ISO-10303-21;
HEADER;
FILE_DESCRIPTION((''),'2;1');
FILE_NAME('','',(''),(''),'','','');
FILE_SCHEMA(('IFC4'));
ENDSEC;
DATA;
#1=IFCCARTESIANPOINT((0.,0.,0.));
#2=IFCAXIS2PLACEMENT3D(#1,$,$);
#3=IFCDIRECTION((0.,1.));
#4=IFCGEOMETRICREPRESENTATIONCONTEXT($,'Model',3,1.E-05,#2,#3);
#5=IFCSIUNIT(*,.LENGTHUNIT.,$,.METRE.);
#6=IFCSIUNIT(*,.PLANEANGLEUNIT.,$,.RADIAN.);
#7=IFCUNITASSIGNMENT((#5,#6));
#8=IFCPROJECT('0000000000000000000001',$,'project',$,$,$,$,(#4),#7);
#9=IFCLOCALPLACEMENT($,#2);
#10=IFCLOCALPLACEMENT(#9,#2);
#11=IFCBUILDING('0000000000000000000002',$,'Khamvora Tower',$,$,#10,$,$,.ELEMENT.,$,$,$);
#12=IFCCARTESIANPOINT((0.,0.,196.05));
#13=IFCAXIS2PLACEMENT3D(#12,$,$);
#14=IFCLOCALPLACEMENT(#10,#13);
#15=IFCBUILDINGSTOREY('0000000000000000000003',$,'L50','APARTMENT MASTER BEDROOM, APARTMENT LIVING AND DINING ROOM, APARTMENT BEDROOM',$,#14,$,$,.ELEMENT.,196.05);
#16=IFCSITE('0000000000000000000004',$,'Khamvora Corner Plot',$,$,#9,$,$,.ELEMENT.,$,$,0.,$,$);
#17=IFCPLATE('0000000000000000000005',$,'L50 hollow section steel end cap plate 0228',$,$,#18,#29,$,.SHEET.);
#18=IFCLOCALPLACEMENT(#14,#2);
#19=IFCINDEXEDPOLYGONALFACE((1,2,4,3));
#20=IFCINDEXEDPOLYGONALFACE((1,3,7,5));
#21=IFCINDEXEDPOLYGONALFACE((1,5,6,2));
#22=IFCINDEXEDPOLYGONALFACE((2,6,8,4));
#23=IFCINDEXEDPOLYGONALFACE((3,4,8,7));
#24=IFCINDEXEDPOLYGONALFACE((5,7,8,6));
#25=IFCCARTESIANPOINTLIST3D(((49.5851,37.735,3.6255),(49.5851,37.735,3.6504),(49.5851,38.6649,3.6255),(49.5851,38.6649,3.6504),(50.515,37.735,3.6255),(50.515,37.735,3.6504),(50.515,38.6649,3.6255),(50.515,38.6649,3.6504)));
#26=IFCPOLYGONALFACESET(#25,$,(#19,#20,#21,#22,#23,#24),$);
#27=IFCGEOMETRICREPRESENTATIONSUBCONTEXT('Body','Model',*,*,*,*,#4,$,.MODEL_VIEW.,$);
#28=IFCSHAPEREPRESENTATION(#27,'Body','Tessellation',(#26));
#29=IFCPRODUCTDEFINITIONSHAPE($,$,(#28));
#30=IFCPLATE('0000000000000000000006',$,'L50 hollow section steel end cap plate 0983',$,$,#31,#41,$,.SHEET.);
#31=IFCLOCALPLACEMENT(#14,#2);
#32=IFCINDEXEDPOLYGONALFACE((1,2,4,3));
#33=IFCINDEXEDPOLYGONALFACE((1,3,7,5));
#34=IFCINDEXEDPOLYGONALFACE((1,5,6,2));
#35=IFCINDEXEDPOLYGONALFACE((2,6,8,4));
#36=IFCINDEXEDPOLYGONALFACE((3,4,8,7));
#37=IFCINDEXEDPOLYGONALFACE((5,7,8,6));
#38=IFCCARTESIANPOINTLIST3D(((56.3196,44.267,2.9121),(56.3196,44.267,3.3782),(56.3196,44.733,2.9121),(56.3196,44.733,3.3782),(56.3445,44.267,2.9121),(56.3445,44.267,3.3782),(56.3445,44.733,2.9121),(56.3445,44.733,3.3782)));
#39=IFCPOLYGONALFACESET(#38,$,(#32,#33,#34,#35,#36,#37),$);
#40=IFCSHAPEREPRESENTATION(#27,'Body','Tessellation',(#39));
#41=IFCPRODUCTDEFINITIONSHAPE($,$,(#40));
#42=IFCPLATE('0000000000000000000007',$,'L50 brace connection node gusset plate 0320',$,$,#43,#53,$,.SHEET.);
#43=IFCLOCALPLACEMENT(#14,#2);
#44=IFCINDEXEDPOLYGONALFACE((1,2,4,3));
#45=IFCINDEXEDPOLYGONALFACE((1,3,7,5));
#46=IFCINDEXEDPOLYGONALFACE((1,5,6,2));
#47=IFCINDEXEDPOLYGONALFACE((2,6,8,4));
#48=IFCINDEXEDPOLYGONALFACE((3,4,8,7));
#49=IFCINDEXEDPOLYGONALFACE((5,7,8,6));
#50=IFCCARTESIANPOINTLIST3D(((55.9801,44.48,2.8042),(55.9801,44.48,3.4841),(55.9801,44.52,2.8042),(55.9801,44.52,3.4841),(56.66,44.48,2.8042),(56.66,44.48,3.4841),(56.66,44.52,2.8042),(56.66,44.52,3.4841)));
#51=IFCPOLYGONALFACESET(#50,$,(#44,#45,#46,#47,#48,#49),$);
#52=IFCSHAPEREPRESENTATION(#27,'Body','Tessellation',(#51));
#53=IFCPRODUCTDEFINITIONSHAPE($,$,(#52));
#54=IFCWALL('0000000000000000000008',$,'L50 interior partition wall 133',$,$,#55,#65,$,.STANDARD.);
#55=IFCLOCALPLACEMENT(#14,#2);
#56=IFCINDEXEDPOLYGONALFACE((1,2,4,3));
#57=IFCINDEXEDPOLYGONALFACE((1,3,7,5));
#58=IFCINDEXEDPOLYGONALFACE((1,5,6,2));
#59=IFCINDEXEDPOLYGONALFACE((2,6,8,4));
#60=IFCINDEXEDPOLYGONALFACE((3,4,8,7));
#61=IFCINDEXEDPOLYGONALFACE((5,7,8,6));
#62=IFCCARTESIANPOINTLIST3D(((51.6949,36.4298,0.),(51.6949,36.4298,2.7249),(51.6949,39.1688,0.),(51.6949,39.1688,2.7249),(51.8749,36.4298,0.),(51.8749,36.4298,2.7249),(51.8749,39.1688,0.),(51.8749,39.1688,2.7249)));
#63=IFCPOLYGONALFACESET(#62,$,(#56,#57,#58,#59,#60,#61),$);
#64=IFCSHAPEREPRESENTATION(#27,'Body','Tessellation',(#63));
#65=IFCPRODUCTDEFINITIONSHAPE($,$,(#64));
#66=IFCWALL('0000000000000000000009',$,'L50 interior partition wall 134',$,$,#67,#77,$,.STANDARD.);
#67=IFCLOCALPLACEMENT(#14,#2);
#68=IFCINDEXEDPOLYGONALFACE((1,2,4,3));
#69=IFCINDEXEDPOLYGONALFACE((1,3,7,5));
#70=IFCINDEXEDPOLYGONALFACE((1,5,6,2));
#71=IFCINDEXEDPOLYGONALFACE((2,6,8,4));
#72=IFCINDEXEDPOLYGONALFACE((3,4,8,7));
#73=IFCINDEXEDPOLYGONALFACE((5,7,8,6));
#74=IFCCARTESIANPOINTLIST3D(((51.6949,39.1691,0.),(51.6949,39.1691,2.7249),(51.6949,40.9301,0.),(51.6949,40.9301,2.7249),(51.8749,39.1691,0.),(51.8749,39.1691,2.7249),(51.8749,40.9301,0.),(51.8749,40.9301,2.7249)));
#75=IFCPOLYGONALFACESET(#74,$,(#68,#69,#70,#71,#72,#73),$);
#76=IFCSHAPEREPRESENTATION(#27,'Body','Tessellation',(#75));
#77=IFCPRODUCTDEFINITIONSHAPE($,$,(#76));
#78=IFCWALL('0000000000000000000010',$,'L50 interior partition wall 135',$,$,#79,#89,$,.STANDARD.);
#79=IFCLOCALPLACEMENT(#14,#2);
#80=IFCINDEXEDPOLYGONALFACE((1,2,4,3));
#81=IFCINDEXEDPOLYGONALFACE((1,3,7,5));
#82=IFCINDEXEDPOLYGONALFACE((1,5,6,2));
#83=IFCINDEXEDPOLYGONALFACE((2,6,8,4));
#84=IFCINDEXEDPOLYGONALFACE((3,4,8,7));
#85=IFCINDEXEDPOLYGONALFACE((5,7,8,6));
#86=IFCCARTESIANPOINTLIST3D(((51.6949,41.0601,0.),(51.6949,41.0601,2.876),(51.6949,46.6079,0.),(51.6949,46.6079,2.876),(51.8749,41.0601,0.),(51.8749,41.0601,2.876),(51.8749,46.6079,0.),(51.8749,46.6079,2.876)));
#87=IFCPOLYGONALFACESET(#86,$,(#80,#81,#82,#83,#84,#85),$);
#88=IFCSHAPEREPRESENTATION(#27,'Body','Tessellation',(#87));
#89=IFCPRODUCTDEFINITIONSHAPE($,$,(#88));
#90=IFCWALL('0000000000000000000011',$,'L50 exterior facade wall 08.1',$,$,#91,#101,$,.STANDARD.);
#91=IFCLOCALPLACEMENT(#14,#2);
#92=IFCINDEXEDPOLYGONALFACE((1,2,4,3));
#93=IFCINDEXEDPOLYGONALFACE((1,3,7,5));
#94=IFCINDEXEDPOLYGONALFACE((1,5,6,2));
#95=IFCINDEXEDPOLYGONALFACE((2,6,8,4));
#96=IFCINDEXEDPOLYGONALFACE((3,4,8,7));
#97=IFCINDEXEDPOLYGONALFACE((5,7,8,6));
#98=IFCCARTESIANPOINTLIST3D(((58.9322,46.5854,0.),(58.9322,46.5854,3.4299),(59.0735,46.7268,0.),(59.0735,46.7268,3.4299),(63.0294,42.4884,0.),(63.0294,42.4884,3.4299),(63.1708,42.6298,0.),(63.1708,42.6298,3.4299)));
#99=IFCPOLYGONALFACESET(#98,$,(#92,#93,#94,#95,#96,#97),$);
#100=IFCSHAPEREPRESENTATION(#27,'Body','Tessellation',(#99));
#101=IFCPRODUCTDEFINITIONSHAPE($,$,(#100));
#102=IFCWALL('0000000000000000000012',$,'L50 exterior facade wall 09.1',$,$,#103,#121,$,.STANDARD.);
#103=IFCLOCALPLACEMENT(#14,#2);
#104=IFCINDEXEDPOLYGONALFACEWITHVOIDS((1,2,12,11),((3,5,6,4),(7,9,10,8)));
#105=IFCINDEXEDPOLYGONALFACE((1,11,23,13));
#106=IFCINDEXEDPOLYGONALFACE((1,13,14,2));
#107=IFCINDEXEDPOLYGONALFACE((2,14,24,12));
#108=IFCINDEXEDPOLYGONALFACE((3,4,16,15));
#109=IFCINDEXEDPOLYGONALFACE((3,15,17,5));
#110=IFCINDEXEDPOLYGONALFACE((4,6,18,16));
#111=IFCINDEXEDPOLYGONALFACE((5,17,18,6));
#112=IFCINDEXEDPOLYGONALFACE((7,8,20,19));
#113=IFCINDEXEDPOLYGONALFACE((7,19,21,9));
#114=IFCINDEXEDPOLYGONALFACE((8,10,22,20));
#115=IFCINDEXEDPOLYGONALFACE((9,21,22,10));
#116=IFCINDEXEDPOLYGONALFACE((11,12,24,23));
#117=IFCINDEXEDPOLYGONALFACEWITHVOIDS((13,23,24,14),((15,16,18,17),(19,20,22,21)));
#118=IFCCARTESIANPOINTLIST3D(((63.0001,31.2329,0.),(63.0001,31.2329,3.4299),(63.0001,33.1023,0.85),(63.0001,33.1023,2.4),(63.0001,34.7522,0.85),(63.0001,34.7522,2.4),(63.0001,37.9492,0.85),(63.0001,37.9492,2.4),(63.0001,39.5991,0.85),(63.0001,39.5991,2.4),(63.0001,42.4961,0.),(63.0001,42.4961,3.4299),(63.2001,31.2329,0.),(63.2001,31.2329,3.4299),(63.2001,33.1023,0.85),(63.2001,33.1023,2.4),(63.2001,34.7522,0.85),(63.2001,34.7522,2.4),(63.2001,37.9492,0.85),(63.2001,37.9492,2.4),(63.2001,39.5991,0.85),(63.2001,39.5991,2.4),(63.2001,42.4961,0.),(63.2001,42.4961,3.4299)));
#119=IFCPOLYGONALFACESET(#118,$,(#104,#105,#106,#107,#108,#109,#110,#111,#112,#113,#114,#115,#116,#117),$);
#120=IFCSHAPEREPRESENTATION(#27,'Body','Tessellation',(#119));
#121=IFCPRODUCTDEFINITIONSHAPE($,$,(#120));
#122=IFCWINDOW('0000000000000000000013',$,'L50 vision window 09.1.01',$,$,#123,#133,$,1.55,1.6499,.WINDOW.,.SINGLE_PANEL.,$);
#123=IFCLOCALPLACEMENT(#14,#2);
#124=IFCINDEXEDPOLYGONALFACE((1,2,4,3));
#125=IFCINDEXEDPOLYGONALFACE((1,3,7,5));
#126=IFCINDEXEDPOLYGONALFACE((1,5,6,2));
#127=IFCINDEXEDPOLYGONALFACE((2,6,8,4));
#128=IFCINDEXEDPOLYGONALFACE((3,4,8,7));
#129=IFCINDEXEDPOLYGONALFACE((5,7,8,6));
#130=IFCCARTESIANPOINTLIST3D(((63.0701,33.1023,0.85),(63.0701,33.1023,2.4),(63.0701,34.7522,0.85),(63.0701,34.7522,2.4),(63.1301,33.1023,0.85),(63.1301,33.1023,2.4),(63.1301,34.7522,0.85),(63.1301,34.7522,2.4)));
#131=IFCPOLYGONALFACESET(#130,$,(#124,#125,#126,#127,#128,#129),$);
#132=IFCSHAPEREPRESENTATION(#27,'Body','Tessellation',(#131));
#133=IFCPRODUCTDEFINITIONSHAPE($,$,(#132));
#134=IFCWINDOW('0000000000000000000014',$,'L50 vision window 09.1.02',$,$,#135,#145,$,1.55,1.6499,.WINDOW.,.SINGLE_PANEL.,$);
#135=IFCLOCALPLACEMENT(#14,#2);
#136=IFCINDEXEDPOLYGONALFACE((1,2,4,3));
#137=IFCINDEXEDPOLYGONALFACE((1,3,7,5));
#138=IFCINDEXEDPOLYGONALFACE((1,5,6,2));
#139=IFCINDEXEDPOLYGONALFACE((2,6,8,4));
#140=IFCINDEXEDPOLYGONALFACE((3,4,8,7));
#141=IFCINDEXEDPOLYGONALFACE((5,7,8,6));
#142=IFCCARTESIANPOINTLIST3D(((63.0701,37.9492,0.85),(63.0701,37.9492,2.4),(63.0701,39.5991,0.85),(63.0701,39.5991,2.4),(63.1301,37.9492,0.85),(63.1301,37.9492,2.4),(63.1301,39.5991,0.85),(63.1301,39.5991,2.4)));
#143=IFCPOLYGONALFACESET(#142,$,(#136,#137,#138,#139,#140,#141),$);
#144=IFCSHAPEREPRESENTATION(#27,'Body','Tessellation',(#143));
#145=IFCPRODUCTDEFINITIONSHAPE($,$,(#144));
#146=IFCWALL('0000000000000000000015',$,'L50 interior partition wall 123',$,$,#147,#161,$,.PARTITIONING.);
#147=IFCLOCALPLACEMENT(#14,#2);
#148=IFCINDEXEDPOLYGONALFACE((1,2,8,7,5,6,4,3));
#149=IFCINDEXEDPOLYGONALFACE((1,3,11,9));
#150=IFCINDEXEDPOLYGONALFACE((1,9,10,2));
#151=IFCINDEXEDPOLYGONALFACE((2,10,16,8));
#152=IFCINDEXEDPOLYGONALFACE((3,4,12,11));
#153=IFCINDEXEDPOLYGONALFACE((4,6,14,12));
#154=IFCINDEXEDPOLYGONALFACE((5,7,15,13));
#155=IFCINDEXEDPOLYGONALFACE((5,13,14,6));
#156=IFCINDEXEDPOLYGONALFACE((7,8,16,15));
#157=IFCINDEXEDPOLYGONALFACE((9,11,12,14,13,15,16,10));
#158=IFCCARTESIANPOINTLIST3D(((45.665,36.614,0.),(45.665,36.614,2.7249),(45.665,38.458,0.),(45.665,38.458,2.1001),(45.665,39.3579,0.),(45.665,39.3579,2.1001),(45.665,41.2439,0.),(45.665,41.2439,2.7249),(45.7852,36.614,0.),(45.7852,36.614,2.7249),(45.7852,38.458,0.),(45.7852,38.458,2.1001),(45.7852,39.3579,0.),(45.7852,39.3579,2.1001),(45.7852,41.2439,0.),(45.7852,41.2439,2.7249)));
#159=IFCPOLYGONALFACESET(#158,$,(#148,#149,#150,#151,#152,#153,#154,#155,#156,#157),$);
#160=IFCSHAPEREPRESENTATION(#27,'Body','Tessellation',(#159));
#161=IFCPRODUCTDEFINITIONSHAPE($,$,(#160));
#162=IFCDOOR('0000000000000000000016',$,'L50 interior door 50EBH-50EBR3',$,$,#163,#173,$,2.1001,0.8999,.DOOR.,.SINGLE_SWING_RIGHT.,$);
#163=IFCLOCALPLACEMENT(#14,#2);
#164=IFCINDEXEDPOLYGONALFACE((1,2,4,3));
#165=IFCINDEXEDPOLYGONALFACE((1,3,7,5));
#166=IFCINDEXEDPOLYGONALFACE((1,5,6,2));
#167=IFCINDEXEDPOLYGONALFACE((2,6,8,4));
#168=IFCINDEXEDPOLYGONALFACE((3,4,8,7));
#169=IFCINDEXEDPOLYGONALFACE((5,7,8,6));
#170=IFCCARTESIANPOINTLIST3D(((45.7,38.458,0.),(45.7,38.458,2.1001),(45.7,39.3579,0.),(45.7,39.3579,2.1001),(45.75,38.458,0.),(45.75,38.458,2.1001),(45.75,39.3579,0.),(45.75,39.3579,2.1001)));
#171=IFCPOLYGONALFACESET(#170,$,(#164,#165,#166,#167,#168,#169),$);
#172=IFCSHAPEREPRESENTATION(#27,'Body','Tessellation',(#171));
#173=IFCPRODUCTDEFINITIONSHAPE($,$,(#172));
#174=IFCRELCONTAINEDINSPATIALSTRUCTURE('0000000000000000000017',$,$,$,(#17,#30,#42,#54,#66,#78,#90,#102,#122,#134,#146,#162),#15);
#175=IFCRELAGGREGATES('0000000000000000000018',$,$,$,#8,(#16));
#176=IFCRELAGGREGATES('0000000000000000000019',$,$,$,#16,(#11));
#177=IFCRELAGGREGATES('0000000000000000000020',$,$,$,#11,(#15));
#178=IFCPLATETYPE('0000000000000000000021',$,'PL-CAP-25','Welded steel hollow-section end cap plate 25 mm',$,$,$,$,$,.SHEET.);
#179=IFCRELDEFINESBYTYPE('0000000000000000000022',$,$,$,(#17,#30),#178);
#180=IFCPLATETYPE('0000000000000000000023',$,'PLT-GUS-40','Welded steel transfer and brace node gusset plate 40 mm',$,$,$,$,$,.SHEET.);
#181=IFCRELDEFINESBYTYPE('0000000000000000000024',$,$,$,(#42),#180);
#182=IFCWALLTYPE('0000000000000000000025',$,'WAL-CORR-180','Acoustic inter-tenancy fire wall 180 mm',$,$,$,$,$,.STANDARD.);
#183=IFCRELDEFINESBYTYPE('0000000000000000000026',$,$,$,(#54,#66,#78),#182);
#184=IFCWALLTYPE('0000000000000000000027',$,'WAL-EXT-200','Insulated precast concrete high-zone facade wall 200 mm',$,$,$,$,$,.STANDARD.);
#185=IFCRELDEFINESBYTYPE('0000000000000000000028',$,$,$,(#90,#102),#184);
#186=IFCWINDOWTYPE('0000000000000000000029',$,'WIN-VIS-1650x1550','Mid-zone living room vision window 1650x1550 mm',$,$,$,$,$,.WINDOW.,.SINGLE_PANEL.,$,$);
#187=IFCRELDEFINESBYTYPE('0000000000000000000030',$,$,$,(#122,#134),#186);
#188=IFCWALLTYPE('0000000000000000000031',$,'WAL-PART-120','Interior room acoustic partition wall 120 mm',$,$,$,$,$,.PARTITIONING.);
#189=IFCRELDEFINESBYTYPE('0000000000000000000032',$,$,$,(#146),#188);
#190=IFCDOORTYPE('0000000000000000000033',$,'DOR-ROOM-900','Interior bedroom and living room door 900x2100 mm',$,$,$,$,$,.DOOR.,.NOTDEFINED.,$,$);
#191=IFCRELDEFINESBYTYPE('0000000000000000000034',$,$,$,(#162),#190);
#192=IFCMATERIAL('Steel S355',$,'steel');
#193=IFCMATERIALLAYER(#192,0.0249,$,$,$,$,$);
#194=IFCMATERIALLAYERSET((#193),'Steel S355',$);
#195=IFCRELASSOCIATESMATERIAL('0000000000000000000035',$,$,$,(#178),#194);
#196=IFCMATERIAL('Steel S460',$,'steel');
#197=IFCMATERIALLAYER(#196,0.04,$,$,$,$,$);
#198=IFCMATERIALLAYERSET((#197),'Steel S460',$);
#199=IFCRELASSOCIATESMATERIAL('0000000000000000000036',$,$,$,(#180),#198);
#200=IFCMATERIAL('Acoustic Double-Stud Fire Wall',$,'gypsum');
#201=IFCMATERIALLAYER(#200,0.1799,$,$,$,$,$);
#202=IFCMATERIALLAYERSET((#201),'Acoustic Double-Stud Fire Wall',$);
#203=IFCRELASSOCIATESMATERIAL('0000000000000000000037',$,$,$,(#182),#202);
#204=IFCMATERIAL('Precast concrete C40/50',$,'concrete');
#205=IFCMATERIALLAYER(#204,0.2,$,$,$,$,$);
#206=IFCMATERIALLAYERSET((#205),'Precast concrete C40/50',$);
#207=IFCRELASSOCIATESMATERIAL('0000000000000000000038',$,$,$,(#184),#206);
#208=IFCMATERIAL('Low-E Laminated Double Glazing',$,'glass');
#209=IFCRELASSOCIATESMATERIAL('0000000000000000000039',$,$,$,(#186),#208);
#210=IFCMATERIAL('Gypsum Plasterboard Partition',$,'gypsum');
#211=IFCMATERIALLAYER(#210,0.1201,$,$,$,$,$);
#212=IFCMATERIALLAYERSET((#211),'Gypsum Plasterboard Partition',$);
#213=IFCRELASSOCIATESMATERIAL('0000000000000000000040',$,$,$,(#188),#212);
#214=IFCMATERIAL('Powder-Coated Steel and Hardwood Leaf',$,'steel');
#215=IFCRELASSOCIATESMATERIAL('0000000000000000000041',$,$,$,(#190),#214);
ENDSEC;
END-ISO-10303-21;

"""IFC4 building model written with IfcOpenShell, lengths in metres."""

from ifc_helpers import new_model, si_unit, direction, frame, frame_2d, origin, origin_2d, place, context, subcontext, project, spatial, rectangle, extrude, material, layer, layer_set, type_object, element, fill, save


model = new_model("IFC4")

# Units and contexts
model_context = context("Model", 3, precision=1e-05, world=origin(), true_north=direction((0.0, 1.0)))
body_context = subcontext(model_context, "Body", "Model", "MODEL_VIEW")
ifc_project = project(units=[si_unit("LENGTHUNIT", "METRE"), si_unit("PLANEANGLEUNIT", "RADIAN")], contexts=[model_context])

# Site, building, storey
site_placement = place(None, origin())
site = spatial("IfcSite", under=ifc_project, at=site_placement, Name="Khamvora Corner Plot", CompositionType="ELEMENT", RefElevation=0.0)
building_placement = place(site_placement, origin())
building = spatial("IfcBuilding", under=site, at=building_placement, Name="Khamvora Tower", CompositionType="ELEMENT")
storey_placement = place(building_placement, frame((0.0, 0.0, 196.05)))
storey = spatial("IfcBuildingStorey", under=building, at=storey_placement, Name="L50", Description="APARTMENT MASTER BEDROOM, APARTMENT LIVING AND DINING ROOM, APARTMENT BEDROOM", CompositionType="ELEMENT", Elevation=196.05)

# Shared definitions
ifc_material_1 = material(Name="Steel S355", Category="steel")

# Plates
ifc_layer_1 = layer(ifc_material_1, 0.0249)
ifc_layer_set_1 = layer_set([ifc_layer_1], Name="Steel S355")
plate_type_1 = type_object("IfcPlateType", Name="PL-CAP-25", Description="Welded steel hollow-section end cap plate 25 mm", PredefinedType="SHEET", material=ifc_layer_set_1)
for number, where, z_axis, x_axis, name in (
    (1, (50.05, 38.2, 3.6255), (0.0, 0.0, 1.0), (1.0, 0.0, 0.0), "L50 hollow section steel end cap plate 0228"),
):
    element("IfcPlate", number, at=place(storey_placement, frame(where, z_axis=z_axis, x_axis=x_axis)), inside=storey, type_object=plate_type_1, Name=name, PredefinedType="SHEET", context=body_context, shape_type="SweptSolid", body=[
        extrude(rectangle(XDim=0.9299, YDim=0.9299, at=origin_2d()), origin(), (0.0, 0.0, 1.0), 0.0249),
    ])
plate_1_placement = place(storey_placement, frame((56.332, 44.5, 2.9121), z_axis=(0.0, 0.0, 1.0), x_axis=(1.0, 0.0, 0.0)))
element("IfcPlate", 2, at=plate_1_placement, inside=storey, type_object=plate_type_1, Name="L50 hollow section steel end cap plate 0983", PredefinedType="SHEET", context=body_context, shape_type="SweptSolid", body=[
    extrude(rectangle(XDim=0.0249, YDim=0.4661, at=origin_2d()), origin(), (0.0, 0.0, 1.0), 0.4661),
])
ifc_material_2 = material(Name="Steel S460", Category="steel")
ifc_layer_2 = layer(ifc_material_2, 0.04)
ifc_layer_set_2 = layer_set([ifc_layer_2], Name="Steel S460")
plate_type_2 = type_object("IfcPlateType", Name="PLT-GUS-40", Description="Welded steel transfer and brace node gusset plate 40 mm", PredefinedType="SHEET", material=ifc_layer_set_2)
plate_2_placement = place(storey_placement, frame((56.3201, 44.5, 2.8042), z_axis=(0.0, 0.0, 1.0), x_axis=(1.0, 0.0, 0.0)))
element("IfcPlate", 3, at=plate_2_placement, inside=storey, type_object=plate_type_2, Name="L50 brace connection node gusset plate 0320", PredefinedType="SHEET", context=body_context, shape_type="SweptSolid", body=[
    extrude(rectangle(XDim=0.6799, YDim=0.04, at=origin_2d()), origin(), (0.0, 0.0, 1.0), 0.6799),
])

# Walls
ifc_material_3 = material(Name="Acoustic Double-Stud Fire Wall", Category="gypsum")
ifc_layer_3 = layer(ifc_material_3, 0.1799)
ifc_layer_set_3 = layer_set([ifc_layer_3], Name="Acoustic Double-Stud Fire Wall")
wall_type_1 = type_object("IfcWallType", Name="WAL-CORR-180", Description="Acoustic inter-tenancy fire wall 180 mm", PredefinedType="STANDARD", material=ifc_layer_set_3)
wall_1_placement = place(storey_placement, frame((51.7849, 39.1689, 0.0), z_axis=(0.0, 0.0, 1.0), x_axis=(0.0, -1.0, 0.0)))
element("IfcWall", 4, at=wall_1_placement, inside=storey, type_object=wall_type_1, Name="L50 interior partition wall 133", PredefinedType="STANDARD", context=body_context, shape_type="SweptSolid", body=[
    extrude(rectangle(XDim=2.739, YDim=0.1799, at=frame_2d((1.3696, 0.0))), origin(), (0.0, 0.0, 1.0), 2.7249),
])
wall_2_placement = place(storey_placement, frame((51.7849, 40.9299, 0.0), z_axis=(0.0, 0.0, 1.0), x_axis=(0.0, -1.0, 0.0)))
element("IfcWall", 5, at=wall_2_placement, inside=storey, type_object=wall_type_1, Name="L50 interior partition wall 134", PredefinedType="STANDARD", context=body_context, shape_type="SweptSolid", body=[
    extrude(rectangle(XDim=1.761, YDim=0.1799, at=frame_2d((0.8804, 0.0))), origin(), (0.0, 0.0, 1.0), 2.7249),
])
wall_3_placement = place(storey_placement, frame((51.7849, 46.6079, 0.0), z_axis=(0.0, 0.0, 1.0), x_axis=(0.0, -1.0, 0.0)))
element("IfcWall", 6, at=wall_3_placement, inside=storey, type_object=wall_type_1, Name="L50 interior partition wall 135", PredefinedType="STANDARD", context=body_context, shape_type="SweptSolid", body=[
    extrude(rectangle(XDim=5.5479, YDim=0.1799, at=frame_2d((2.7739, 0.0))), origin(), (0.0, 0.0, 1.0), 2.876),
])
ifc_material_4 = material(Name="Precast concrete C40/50", Category="concrete")
ifc_layer_4 = layer(ifc_material_4, 0.2)
ifc_layer_set_4 = layer_set([ifc_layer_4], Name="Precast concrete C40/50")
wall_type_2 = type_object("IfcWallType", Name="WAL-EXT-200", Description="Insulated precast concrete high-zone facade wall 200 mm", PredefinedType="STANDARD", material=ifc_layer_set_4)
wall_4_placement = place(storey_placement, frame((59.0029, 46.656, 0.0), z_axis=(0.0, 0.0, 1.0), x_axis=(0.707128, -0.707086, 0.0)))
element("IfcWall", 7, at=wall_4_placement, inside=storey, type_object=wall_type_2, Name="L50 exterior facade wall 08.1", PredefinedType="STANDARD", context=body_context, shape_type="SweptSolid", body=[
    extrude(rectangle(XDim=5.7942, YDim=0.2, at=frame_2d((2.897, 0.0))), origin(), (0.0, 0.0, 1.0), 3.4299),
])

# Wall, openings, windows
wall_5_placement = place(storey_placement, frame((63.1001, 42.4961, 0.0), z_axis=(0.0, 0.0, 1.0), x_axis=(0.0, -1.0, 0.0)))
wall_5 = element("IfcWall", 8, at=wall_5_placement, inside=storey, type_object=wall_type_2, Name="L50 exterior facade wall 09.1", PredefinedType="STANDARD", context=body_context, shape_type="SweptSolid", body=[
    extrude(rectangle(XDim=11.2632, YDim=0.2, at=frame_2d((5.6316, 0.0))), origin(), (0.0, 0.0, 1.0), 3.4299),
])
opening_1_placement = place(wall_5_placement, frame((7.7439, 0.0, 0.8501)))
opening_1 = element("IfcOpeningElement", 9, at=opening_1_placement, cuts=wall_5, PredefinedType="OPENING", context=body_context, shape_type="SweptSolid", body=[
    extrude(rectangle(XDim=1.6499, YDim=1.55, at=frame_2d((0.825, 0.7749))), frame((0.0, 0.1099, 0.0), z_axis=(0.0, -1.0, 0.0), x_axis=(1.0, 0.0, 0.0)), (0.0, 0.0, 1.0), 0.22),
])
opening_2_placement = place(wall_5_placement, frame((2.897, 0.0, 0.8501)))
opening_2 = element("IfcOpeningElement", 10, at=opening_2_placement, cuts=wall_5, PredefinedType="OPENING", context=body_context, shape_type="SweptSolid", body=[
    extrude(rectangle(XDim=1.6499, YDim=1.55, at=frame_2d((0.825, 0.7749))), frame((0.0, 0.1099, 0.0), z_axis=(0.0, -1.0, 0.0), x_axis=(1.0, 0.0, 0.0)), (0.0, 0.0, 1.0), 0.22),
])
ifc_material_5 = material(Name="Low-E Laminated Double Glazing", Category="glass")
window_type = type_object("IfcWindowType", Name="WIN-VIS-1650x1550", Description="Mid-zone living room vision window 1650x1550 mm", PartitioningType="SINGLE_PANEL", PredefinedType="WINDOW", material=ifc_material_5)
window_1_placement = place(opening_1_placement, origin())
window_1 = element("IfcWindow", 11, at=window_1_placement, inside=storey, type_object=window_type, Name="L50 vision window 09.1.01", OverallHeight=1.55, OverallWidth=1.6499, PartitioningType="SINGLE_PANEL", PredefinedType="WINDOW", context=body_context, shape_type="SweptSolid", body=[
    extrude(rectangle(XDim=1.6499, YDim=1.55, at=frame_2d((0.825, 0.7749))), frame((0.0, 0.03, 0.0), z_axis=(0.0, -1.0, 0.0), x_axis=(1.0, 0.0, 0.0)), (0.0, 0.0, 1.0), 0.0601),
])
fill(opening_1, window_1)
window_2_placement = place(opening_2_placement, origin())
window_2 = element("IfcWindow", 12, at=window_2_placement, inside=storey, type_object=window_type, Name="L50 vision window 09.1.02", OverallHeight=1.55, OverallWidth=1.6499, PartitioningType="SINGLE_PANEL", PredefinedType="WINDOW", context=body_context, shape_type="SweptSolid", body=[
    extrude(rectangle(XDim=1.6499, YDim=1.55, at=frame_2d((0.825, 0.7749))), frame((0.0, 0.03, 0.0), z_axis=(0.0, -1.0, 0.0), x_axis=(1.0, 0.0, 0.0)), (0.0, 0.0, 1.0), 0.0601),
])
fill(opening_2, window_2)

# Wall, opening, door
ifc_material_6 = material(Name="Gypsum Plasterboard Partition", Category="gypsum")
ifc_layer_5 = layer(ifc_material_6, 0.1201)
ifc_layer_set_5 = layer_set([ifc_layer_5], Name="Gypsum Plasterboard Partition")
wall_type_3 = type_object("IfcWallType", Name="WAL-PART-120", Description="Interior room acoustic partition wall 120 mm", PredefinedType="PARTITIONING", material=ifc_layer_set_5)
wall_6_placement = place(storey_placement, frame((45.7251, 41.2439, 0.0), z_axis=(0.0, 0.0, 1.0), x_axis=(0.0, -1.0, 0.0)))
wall_6 = element("IfcWall", 13, at=wall_6_placement, inside=storey, type_object=wall_type_3, Name="L50 interior partition wall 123", PredefinedType="PARTITIONING", context=body_context, shape_type="SweptSolid", body=[
    extrude(rectangle(XDim=4.6299, YDim=0.1201, at=frame_2d((2.3149, 0.0))), origin(), (0.0, 0.0, 1.0), 2.7249),
])
opening_3_placement = place(wall_6_placement, frame((1.886, 0.0, 0.0)))
opening_3 = element("IfcOpeningElement", 14, at=opening_3_placement, cuts=wall_6, PredefinedType="OPENING", context=body_context, shape_type="SweptSolid", body=[
    extrude(rectangle(XDim=0.8999, YDim=2.1001, at=frame_2d((0.45, 1.05))), frame((0.0, 0.0701, 0.0), z_axis=(0.0, -1.0, 0.0), x_axis=(1.0, 0.0, 0.0)), (0.0, 0.0, 1.0), 0.1401),
])
ifc_material_7 = material(Name="Powder-Coated Steel and Hardwood Leaf", Category="steel")
door_type = type_object("IfcDoorType", Name="DOR-ROOM-900", Description="Interior bedroom and living room door 900x2100 mm", OperationType="NOTDEFINED", PredefinedType="DOOR", material=ifc_material_7)
door_1_placement = place(opening_3_placement, origin())
door_1 = element("IfcDoor", 15, at=door_1_placement, inside=storey, type_object=door_type, Name="L50 interior door 50EBH-50EBR3", OperationType="SINGLE_SWING_RIGHT", OverallHeight=2.1001, OverallWidth=0.8999, PredefinedType="DOOR", context=body_context, shape_type="SweptSolid", body=[
    extrude(rectangle(XDim=0.8999, YDim=2.1001, at=frame_2d((0.45, 1.05))), frame((0.0, 0.0249, 0.0), z_axis=(0.0, -1.0, 0.0), x_axis=(1.0, 0.0, 0.0)), (0.0, 0.0, 1.0), 0.05),
])
fill(opening_3, door_1)

save(model, "model.ifc")
